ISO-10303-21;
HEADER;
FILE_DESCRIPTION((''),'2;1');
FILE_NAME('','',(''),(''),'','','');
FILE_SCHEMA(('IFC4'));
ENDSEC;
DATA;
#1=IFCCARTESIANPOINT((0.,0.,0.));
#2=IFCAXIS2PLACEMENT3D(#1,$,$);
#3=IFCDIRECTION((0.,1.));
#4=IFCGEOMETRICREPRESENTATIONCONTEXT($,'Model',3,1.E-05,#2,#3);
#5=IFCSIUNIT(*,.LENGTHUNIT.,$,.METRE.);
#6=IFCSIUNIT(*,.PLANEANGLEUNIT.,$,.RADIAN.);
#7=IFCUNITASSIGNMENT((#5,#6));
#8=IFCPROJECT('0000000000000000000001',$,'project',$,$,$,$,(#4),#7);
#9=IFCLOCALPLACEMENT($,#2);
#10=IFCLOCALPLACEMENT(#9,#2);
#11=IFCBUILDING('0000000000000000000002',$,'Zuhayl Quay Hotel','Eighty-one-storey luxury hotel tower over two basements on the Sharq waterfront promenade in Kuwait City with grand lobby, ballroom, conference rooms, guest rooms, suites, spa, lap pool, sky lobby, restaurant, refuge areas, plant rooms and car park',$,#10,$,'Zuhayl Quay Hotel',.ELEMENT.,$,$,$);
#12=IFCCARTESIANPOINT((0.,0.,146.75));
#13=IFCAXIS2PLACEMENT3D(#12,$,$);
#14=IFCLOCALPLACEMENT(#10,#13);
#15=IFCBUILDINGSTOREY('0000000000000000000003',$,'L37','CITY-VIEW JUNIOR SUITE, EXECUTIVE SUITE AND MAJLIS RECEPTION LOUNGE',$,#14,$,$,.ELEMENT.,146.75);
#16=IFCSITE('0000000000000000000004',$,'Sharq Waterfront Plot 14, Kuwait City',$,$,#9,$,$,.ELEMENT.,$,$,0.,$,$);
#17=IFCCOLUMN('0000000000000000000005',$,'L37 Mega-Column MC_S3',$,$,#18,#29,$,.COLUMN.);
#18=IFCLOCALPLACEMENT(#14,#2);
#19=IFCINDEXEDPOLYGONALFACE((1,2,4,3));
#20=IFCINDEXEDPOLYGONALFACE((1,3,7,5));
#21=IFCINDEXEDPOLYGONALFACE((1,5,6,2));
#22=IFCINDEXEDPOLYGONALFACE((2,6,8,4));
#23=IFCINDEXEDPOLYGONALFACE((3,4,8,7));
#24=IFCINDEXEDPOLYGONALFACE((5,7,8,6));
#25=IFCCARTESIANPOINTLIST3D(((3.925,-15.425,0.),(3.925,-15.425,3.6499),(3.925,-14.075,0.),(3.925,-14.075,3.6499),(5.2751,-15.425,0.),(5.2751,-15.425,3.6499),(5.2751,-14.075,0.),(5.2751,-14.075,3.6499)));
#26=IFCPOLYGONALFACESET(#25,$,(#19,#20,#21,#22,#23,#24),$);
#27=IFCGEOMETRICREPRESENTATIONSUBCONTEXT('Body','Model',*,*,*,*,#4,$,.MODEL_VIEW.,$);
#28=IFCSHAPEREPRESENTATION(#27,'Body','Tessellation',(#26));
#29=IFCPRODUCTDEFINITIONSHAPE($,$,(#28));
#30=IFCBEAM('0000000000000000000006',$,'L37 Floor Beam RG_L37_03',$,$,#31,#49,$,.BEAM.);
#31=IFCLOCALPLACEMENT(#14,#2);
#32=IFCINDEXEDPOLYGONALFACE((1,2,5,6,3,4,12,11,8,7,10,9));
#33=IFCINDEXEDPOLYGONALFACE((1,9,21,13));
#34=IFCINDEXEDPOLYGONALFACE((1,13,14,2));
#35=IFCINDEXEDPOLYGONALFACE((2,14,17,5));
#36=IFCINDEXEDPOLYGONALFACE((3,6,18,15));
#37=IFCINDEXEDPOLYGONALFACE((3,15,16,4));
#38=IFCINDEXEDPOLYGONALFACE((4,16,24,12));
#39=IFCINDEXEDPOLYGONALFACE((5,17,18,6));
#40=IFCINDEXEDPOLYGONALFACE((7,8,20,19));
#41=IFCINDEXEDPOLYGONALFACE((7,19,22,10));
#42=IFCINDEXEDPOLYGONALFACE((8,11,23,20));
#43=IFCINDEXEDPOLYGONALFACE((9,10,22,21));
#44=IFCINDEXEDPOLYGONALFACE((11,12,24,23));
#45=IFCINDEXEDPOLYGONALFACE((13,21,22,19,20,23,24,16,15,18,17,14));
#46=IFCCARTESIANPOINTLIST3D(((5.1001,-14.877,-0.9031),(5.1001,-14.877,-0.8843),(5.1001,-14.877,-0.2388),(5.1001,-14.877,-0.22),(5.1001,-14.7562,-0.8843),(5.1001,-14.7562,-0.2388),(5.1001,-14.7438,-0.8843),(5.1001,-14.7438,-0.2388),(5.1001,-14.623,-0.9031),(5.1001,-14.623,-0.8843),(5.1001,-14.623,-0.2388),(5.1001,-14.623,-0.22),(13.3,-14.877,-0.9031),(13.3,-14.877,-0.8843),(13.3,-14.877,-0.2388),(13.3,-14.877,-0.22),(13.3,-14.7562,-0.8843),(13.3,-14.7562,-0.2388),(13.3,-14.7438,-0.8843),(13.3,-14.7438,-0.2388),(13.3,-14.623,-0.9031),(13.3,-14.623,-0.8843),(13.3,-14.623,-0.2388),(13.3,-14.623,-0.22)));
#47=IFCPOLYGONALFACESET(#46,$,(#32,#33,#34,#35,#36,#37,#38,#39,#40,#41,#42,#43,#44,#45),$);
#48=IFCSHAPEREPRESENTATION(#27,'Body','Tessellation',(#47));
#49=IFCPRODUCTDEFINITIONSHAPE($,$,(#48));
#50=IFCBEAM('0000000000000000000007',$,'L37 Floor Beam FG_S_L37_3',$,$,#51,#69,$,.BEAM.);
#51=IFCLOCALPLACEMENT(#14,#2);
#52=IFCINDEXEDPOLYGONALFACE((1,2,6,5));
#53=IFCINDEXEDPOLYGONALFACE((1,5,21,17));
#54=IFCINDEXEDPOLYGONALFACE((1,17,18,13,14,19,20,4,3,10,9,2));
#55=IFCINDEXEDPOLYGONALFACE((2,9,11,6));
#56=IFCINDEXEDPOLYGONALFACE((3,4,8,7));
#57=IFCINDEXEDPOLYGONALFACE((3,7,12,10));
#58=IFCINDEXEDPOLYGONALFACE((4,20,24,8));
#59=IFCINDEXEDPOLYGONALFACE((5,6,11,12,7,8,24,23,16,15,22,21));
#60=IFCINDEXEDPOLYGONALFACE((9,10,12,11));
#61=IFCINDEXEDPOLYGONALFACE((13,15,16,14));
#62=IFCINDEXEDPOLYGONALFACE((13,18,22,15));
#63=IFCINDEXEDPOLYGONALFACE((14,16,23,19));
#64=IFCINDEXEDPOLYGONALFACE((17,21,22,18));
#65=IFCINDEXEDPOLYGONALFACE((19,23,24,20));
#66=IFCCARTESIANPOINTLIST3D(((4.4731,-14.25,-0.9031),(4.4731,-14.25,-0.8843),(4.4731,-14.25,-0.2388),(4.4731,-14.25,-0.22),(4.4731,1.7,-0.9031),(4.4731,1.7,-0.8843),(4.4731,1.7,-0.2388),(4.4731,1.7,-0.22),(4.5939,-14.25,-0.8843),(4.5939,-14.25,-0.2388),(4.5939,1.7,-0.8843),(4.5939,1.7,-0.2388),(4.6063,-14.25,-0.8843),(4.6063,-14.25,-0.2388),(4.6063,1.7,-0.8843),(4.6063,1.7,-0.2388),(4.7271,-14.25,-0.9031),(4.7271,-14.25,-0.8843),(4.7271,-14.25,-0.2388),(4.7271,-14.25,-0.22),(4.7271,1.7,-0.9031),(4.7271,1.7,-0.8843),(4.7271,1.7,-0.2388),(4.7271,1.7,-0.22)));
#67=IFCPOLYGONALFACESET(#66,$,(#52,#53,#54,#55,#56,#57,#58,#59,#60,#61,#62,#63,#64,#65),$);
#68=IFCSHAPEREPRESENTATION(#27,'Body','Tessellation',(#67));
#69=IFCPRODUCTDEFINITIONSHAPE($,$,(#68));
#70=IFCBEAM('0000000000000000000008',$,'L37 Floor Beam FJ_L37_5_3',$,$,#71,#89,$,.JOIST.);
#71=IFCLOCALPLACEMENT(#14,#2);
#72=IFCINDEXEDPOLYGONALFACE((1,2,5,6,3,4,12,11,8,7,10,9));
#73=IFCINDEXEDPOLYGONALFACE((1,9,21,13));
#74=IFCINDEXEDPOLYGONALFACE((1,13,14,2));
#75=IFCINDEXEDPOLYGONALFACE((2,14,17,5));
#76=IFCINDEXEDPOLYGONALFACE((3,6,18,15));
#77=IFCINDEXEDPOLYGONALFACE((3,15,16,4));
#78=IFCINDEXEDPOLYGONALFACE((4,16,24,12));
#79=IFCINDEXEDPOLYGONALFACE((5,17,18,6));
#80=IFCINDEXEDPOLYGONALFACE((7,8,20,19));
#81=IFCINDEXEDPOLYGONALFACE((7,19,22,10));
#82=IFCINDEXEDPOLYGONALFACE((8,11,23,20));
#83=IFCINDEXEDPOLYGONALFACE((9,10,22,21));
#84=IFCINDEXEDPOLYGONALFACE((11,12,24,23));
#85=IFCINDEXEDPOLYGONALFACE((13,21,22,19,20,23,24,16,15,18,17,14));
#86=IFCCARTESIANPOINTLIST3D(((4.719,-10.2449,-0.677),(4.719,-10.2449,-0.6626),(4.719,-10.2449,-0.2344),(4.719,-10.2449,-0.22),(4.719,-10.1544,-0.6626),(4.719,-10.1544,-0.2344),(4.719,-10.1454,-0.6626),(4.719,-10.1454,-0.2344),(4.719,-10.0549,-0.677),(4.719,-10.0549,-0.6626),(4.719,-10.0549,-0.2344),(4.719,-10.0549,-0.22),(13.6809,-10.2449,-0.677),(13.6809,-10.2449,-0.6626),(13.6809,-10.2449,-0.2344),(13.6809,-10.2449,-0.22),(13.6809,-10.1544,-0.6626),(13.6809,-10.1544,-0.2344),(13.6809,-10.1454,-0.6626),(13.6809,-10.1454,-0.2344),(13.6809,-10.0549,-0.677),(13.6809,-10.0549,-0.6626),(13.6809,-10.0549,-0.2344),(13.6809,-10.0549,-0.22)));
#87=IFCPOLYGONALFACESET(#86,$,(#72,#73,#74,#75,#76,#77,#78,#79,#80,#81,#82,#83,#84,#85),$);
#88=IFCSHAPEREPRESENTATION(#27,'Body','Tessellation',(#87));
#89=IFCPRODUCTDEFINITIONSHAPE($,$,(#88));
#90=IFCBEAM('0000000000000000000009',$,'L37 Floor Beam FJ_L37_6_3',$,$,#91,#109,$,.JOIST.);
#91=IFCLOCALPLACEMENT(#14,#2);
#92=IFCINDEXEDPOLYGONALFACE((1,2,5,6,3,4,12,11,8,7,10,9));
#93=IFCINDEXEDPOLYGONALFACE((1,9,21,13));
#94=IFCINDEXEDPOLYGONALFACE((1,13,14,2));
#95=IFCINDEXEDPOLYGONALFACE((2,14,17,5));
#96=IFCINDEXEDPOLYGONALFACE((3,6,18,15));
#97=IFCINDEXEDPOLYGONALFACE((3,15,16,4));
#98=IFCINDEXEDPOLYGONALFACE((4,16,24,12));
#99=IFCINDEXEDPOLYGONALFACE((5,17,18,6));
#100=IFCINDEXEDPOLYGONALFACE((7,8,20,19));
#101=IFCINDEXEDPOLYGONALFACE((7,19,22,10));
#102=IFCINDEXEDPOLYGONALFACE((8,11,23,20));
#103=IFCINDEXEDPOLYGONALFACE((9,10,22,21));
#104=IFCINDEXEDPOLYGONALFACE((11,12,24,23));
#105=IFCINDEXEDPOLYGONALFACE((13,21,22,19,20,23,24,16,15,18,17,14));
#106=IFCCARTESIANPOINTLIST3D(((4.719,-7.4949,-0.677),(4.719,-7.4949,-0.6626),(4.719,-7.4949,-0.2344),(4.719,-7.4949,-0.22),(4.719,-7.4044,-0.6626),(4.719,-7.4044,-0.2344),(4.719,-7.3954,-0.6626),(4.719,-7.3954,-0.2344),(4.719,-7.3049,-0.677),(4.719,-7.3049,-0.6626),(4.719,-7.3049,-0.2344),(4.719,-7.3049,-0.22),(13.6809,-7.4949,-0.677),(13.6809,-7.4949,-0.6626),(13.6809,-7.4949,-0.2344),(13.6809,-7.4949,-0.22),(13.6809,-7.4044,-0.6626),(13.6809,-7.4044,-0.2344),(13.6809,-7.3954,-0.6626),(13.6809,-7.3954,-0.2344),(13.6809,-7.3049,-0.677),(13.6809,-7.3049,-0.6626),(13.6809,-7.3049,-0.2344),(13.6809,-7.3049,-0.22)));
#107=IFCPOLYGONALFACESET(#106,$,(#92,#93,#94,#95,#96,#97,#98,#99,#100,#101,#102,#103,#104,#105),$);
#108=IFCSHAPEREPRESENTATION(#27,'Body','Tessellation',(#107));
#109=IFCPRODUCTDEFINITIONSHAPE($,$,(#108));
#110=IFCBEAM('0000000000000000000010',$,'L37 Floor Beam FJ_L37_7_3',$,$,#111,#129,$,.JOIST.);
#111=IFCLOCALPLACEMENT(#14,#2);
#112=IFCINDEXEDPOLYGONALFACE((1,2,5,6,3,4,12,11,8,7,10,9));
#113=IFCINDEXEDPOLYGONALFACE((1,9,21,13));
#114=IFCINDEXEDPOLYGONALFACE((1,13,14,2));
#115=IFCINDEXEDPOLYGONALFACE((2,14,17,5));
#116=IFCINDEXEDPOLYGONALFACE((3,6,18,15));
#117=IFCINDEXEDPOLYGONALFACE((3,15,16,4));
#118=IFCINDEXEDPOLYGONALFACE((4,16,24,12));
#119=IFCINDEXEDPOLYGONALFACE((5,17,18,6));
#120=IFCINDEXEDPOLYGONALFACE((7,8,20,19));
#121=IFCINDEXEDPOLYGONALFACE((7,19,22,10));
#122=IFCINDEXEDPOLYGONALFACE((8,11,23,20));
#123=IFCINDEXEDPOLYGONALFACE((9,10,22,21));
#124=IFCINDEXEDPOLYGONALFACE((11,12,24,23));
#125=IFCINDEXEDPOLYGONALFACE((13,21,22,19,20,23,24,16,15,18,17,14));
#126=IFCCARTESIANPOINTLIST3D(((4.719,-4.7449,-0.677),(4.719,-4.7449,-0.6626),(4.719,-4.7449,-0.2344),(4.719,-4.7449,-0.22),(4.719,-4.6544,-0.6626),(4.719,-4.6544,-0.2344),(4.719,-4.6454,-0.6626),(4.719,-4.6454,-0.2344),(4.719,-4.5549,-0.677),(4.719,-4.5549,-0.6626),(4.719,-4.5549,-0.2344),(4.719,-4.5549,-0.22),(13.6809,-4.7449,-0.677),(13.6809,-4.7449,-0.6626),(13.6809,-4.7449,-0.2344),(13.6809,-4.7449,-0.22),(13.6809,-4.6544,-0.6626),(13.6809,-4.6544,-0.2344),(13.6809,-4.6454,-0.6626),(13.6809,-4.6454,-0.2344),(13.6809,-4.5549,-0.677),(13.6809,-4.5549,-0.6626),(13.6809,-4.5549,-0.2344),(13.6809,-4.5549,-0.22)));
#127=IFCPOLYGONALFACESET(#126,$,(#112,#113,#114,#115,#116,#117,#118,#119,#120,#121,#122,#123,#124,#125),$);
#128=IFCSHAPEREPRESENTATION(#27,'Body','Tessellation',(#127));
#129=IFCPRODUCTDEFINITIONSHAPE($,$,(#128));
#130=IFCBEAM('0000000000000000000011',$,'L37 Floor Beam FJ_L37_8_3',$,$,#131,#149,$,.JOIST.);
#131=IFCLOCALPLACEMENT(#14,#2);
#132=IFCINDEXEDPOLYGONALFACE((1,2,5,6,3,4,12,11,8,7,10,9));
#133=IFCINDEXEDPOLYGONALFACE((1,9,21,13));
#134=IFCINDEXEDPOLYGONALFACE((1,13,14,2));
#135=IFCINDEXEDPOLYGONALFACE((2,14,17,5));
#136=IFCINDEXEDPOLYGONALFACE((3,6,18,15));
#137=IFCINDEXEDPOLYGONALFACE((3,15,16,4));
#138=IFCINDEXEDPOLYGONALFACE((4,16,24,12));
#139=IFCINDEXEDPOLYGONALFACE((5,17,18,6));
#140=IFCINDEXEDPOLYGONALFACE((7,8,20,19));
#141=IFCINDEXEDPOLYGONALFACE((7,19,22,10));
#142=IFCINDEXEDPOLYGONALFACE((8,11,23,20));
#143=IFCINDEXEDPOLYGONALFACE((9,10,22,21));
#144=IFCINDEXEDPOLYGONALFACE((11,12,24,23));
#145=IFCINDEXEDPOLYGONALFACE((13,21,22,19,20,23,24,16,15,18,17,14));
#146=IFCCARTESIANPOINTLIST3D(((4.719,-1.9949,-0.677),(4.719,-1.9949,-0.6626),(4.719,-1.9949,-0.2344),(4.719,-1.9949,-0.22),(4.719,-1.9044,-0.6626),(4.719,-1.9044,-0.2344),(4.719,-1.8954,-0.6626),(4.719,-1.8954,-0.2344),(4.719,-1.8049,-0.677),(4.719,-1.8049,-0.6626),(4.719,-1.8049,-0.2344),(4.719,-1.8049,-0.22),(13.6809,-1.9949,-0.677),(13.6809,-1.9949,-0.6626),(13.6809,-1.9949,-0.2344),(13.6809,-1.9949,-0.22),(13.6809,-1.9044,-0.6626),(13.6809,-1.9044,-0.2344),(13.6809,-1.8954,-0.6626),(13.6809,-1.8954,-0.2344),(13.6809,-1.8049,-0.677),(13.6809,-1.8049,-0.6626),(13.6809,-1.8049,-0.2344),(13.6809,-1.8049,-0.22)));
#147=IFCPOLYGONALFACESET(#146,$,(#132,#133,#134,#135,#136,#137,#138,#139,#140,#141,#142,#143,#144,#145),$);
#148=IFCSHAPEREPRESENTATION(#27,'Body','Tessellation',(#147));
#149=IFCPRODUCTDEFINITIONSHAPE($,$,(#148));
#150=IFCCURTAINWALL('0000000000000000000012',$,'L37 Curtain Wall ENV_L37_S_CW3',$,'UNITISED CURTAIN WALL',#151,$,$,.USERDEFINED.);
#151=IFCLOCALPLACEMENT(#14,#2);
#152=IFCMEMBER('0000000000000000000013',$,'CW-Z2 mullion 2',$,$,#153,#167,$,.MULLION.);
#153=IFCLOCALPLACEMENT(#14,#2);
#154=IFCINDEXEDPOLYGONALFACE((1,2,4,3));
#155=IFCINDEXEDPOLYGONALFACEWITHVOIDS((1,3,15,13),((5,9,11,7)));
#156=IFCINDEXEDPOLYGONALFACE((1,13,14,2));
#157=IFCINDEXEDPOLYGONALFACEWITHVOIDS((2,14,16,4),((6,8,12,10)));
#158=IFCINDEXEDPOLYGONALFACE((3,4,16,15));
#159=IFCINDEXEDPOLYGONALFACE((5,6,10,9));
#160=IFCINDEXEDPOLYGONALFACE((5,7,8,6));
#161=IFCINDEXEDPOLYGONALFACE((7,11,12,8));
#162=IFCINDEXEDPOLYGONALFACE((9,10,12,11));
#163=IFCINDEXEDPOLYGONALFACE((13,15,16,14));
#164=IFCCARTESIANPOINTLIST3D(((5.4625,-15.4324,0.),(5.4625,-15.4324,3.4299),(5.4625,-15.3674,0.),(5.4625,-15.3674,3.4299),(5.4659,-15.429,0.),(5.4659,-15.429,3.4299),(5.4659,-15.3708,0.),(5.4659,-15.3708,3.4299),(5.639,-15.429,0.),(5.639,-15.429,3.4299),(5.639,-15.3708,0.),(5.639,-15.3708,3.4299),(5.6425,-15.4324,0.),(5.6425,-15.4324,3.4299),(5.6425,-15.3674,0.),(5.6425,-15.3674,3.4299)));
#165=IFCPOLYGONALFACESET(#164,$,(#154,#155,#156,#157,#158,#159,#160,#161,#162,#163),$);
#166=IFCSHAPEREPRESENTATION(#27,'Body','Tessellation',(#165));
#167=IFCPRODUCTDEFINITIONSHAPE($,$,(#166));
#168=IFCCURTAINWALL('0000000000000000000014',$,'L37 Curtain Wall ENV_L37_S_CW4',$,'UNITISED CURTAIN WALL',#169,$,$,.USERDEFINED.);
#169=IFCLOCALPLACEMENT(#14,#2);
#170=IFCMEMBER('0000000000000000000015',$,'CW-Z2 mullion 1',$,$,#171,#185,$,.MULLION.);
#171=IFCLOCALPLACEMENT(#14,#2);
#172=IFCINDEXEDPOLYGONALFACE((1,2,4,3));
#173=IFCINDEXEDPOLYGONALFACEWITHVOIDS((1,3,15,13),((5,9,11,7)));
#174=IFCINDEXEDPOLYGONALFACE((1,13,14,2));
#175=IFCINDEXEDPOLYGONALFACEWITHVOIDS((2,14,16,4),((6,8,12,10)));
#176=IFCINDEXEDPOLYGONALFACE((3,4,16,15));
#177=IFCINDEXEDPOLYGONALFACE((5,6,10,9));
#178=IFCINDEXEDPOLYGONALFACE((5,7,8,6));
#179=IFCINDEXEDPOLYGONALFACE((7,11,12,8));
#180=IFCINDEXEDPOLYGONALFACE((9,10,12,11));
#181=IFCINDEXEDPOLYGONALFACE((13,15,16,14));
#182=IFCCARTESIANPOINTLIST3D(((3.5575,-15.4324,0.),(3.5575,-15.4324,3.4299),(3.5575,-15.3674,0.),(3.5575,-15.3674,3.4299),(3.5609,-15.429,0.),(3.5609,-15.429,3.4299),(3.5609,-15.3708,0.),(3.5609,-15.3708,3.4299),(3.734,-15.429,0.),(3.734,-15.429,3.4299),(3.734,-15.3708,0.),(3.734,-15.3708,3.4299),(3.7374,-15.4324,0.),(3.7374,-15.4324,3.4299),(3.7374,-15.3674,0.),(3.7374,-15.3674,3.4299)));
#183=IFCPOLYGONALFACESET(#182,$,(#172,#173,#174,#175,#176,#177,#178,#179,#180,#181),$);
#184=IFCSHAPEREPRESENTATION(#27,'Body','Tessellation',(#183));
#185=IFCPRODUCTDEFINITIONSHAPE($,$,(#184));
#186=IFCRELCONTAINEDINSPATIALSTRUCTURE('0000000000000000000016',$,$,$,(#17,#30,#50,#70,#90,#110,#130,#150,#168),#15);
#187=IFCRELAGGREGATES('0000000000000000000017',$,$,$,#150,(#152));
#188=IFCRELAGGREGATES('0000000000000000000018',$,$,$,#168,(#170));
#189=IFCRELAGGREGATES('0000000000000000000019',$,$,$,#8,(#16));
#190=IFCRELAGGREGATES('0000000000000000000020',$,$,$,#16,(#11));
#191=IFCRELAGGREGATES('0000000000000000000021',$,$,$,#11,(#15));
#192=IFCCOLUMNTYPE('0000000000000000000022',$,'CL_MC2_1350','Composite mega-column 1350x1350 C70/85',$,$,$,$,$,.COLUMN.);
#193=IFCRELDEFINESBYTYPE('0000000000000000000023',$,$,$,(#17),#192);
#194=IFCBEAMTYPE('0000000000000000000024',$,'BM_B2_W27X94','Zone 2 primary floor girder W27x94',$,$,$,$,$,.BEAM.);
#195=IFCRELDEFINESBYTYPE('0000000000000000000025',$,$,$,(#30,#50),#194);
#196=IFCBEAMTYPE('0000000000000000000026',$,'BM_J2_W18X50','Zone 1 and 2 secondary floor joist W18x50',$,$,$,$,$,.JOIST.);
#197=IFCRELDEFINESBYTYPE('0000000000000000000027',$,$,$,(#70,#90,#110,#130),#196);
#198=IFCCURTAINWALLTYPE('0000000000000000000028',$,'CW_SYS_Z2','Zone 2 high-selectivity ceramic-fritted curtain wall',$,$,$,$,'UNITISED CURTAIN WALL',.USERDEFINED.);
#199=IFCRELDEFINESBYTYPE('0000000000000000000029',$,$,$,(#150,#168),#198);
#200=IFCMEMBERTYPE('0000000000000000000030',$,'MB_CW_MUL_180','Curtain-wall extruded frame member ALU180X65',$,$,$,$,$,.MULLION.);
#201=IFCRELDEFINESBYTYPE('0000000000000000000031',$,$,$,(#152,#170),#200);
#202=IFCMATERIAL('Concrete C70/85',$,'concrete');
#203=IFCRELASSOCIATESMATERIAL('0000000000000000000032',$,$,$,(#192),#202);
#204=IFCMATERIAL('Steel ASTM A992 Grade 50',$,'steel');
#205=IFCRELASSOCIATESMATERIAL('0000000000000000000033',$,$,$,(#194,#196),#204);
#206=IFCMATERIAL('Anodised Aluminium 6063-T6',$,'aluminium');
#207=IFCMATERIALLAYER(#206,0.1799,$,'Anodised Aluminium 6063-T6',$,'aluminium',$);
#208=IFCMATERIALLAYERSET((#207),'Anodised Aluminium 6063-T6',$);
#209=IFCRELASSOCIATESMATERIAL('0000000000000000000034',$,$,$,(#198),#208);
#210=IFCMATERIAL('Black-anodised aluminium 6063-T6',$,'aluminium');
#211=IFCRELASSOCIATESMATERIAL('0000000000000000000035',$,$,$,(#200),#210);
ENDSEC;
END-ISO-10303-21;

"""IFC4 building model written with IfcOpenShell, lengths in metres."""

from ifc_helpers import new_model, si_unit, direction, frame, origin, origin_2d, place, context, subcontext, project, spatial, rectangle, hollow_rectangle, i_section, extrude, material, layer, layer_set, material_profile, profile_set, type_object, element, aggregate, save


model = new_model("IFC4")

# Units and contexts
model_context = context("Model", 3, precision=1e-05, world=origin(), true_north=direction((0.0, 1.0)))
body_context = subcontext(model_context, "Body", "Model", "MODEL_VIEW")
ifc_project = project(units=[si_unit("LENGTHUNIT", "METRE"), si_unit("PLANEANGLEUNIT", "RADIAN")], contexts=[model_context])

# Site, building, storey
site_placement = place(None, origin())
site = spatial("IfcSite", under=ifc_project, at=site_placement, Name="Sharq Waterfront Plot 14, Kuwait City", CompositionType="ELEMENT", RefElevation=0.0)
building_placement = place(site_placement, origin())
building = spatial("IfcBuilding", under=site, at=building_placement, Name="Zuhayl Quay Hotel", Description="Eighty-one-storey luxury hotel tower over two basements on the Sharq waterfront promenade in Kuwait City with grand lobby, ballroom, conference rooms, guest rooms, suites, spa, lap pool, sky lobby, restaurant, refuge areas, plant rooms and car park", LongName="Zuhayl Quay Hotel", CompositionType="ELEMENT")
storey_placement = place(building_placement, frame((0.0, 0.0, 146.75)))
storey = spatial("IfcBuildingStorey", under=building, at=storey_placement, Name="L37", Description="CITY-VIEW JUNIOR SUITE, EXECUTIVE SUITE AND MAJLIS RECEPTION LOUNGE", CompositionType="ELEMENT", Elevation=146.75)

# Column
ifc_material_1 = material(Name="Concrete C70/85", Category="concrete")
ifc_material_profile_1 = material_profile(ifc_material_1, rectangle(XDim=1.3501, YDim=1.3501, at=origin_2d()), Name="RC1350X1350")
ifc_profile_set_1 = profile_set([ifc_material_profile_1], Name="Concrete C70/85")
column_type = type_object("IfcColumnType", Name="CL_MC2_1350", Description="Composite mega-column 1350x1350 C70/85", PredefinedType="COLUMN", material=ifc_profile_set_1)
column_placement = place(storey_placement, frame((4.6001, -14.75, 0.0), z_axis=(0.0, 0.0, 1.0), x_axis=(1.0, 0.0, 0.0)))
element("IfcColumn", 1, at=column_placement, inside=storey, type_object=column_type, Name="L37 Mega-Column MC_S3", PredefinedType="COLUMN", context=body_context, shape_type="SweptSolid", body=[
    extrude(rectangle(XDim=1.3501, YDim=1.3501, at=origin_2d()), origin(), (0.0, 0.0, 1.0), 3.6499),
])

# Beams
ifc_material_2 = material(Name="Steel ASTM A992 Grade 50", Category="steel")
ifc_material_profile_2 = material_profile(ifc_material_2, i_section(OverallWidth=0.2539, OverallDepth=0.6831, WebThickness=0.0125, FlangeThickness=0.0188, at=origin_2d()), Name="W27X94")
ifc_profile_set_2 = profile_set([ifc_material_profile_2], Name="Steel ASTM A992 Grade 50")
beam_type_1 = type_object("IfcBeamType", Name="BM_B2_W27X94", Description="Zone 2 primary floor girder W27x94", PredefinedType="BEAM", material=ifc_profile_set_2)
beam_1_placement = place(storey_placement, frame((5.1001, -14.75, -0.5615), z_axis=(1.0, 0.0, 0.0), x_axis=(0.0, 1.0, 0.0)))
element("IfcBeam", 2, at=beam_1_placement, inside=storey, type_object=beam_type_1, Name="L37 Floor Beam RG_L37_03", PredefinedType="BEAM", context=body_context, shape_type="SweptSolid", body=[
    extrude(i_section(OverallWidth=0.2539, OverallDepth=0.6831, WebThickness=0.0125, FlangeThickness=0.0188, at=origin_2d()), origin(), (0.0, 0.0, 1.0), 8.2),
])
beam_2_placement = place(storey_placement, frame((4.6001, -14.25, -0.5615), z_axis=(0.0, 1.0, 0.0), x_axis=(-1.0, 0.0, 0.0)))
element("IfcBeam", 3, at=beam_2_placement, inside=storey, type_object=beam_type_1, Name="L37 Floor Beam FG_S_L37_3", PredefinedType="BEAM", context=body_context, shape_type="SweptSolid", body=[
    extrude(i_section(OverallWidth=0.2539, OverallDepth=0.6831, WebThickness=0.0125, FlangeThickness=0.0188, at=origin_2d()), origin(), (0.0, 0.0, 1.0), 15.95),
])
ifc_material_profile_3 = material_profile(ifc_material_2, i_section(OverallWidth=0.1899, OverallDepth=0.457, WebThickness=0.009, FlangeThickness=0.0144, at=origin_2d()), Name="W18X50")
ifc_profile_set_3 = profile_set([ifc_material_profile_3], Name="Steel ASTM A992 Grade 50")
beam_type_2 = type_object("IfcBeamType", Name="BM_J2_W18X50", Description="Zone 1 and 2 secondary floor joist W18x50", PredefinedType="JOIST", material=ifc_profile_set_3)
for number, where, z_axis, x_axis, name in (
    (4, (4.719, -10.1499, -0.4485), (1.0, 0.0, 0.0), (0.0, 1.0, 0.0), "L37 Floor Beam FJ_L37_5_3"),
    (5, (4.719, -7.3999, -0.4485), (1.0, 0.0, 0.0), (0.0, 1.0, 0.0), "L37 Floor Beam FJ_L37_6_3"),
    (6, (4.719, -4.6499, -0.4485), (1.0, 0.0, 0.0), (0.0, 1.0, 0.0), "L37 Floor Beam FJ_L37_7_3"),
    (7, (4.719, -1.8999, -0.4485), (1.0, 0.0, 0.0), (0.0, 1.0, 0.0), "L37 Floor Beam FJ_L37_8_3"),
):
    element("IfcBeam", number, at=place(storey_placement, frame(where, z_axis=z_axis, x_axis=x_axis)), inside=storey, type_object=beam_type_2, Name=name, PredefinedType="JOIST", context=body_context, shape_type="SweptSolid", body=[
        extrude(i_section(OverallWidth=0.1899, OverallDepth=0.457, WebThickness=0.009, FlangeThickness=0.0144, at=origin_2d()), origin(), (0.0, 0.0, 1.0), 8.9619),
    ])

# Curtain wall, member
ifc_material_3 = material(Name="Anodised Aluminium 6063-T6", Category="aluminium")
ifc_layer_1 = layer(ifc_material_3, 0.1799, Name="Anodised Aluminium 6063-T6", Category="aluminium")
ifc_layer_set_1 = layer_set([ifc_layer_1], Name="Anodised Aluminium 6063-T6")
curtain_wall_type = type_object("IfcCurtainWallType", Name="CW_SYS_Z2", Description="Zone 2 high-selectivity ceramic-fritted curtain wall", ElementType="UNITISED CURTAIN WALL", PredefinedType="USERDEFINED", material=ifc_layer_set_1)
curtain_wall_1_placement = place(storey_placement, origin())
curtain_wall_1 = element("IfcCurtainWall", 8, at=curtain_wall_1_placement, inside=storey, type_object=curtain_wall_type, Name="L37 Curtain Wall ENV_L37_S_CW3", ObjectType="UNITISED CURTAIN WALL", PredefinedType="USERDEFINED")
ifc_material_4 = material(Name="Black-anodised aluminium 6063-T6", Category="aluminium")
ifc_material_profile_4 = material_profile(ifc_material_4, hollow_rectangle(XDim=0.0649, YDim=0.1799, WallThickness=0.0034, at=origin_2d()), Name="ALU180X65")
ifc_profile_set_4 = profile_set([ifc_material_profile_4], Name="Black-anodised aluminium 6063-T6")
member_type_1 = type_object("IfcMemberType", Name="MB_CW_MUL_180", Description="Curtain-wall extruded frame member ALU180X65", PredefinedType="MULLION", material=ifc_profile_set_4)
member_1_placement = place(storey_placement, frame((5.5525, -15.3999, 0.0), z_axis=(0.0, 0.0, 1.0), x_axis=(0.0, -1.0, 0.0)))
member_1 = element("IfcMember", 9, at=member_1_placement, type_object=member_type_1, Name="CW-Z2 mullion 2", PredefinedType="MULLION", context=body_context, shape_type="SweptSolid", body=[
    extrude(hollow_rectangle(XDim=0.0649, YDim=0.1799, WallThickness=0.0034, at=origin_2d()), origin(), (0.0, 0.0, 1.0), 3.4299),
])

# Curtain wall, member
curtain_wall_2_placement = place(storey_placement, origin())
curtain_wall_2 = element("IfcCurtainWall", 10, at=curtain_wall_2_placement, inside=storey, type_object=curtain_wall_type, Name="L37 Curtain Wall ENV_L37_S_CW4", ObjectType="UNITISED CURTAIN WALL", PredefinedType="USERDEFINED")
member_2_placement = place(storey_placement, frame((3.6475, -15.3999, 0.0), z_axis=(0.0, 0.0, 1.0), x_axis=(0.0, -1.0, 0.0)))
member_2 = element("IfcMember", 11, at=member_2_placement, type_object=member_type_1, Name="CW-Z2 mullion 1", PredefinedType="MULLION", context=body_context, shape_type="SweptSolid", body=[
    extrude(hollow_rectangle(XDim=0.0649, YDim=0.1799, WallThickness=0.0034, at=origin_2d()), origin(), (0.0, 0.0, 1.0), 3.4299),
])

aggregate(curtain_wall_1, [member_1])
aggregate(curtain_wall_2, [member_2])

save(model, "model.ifc")
